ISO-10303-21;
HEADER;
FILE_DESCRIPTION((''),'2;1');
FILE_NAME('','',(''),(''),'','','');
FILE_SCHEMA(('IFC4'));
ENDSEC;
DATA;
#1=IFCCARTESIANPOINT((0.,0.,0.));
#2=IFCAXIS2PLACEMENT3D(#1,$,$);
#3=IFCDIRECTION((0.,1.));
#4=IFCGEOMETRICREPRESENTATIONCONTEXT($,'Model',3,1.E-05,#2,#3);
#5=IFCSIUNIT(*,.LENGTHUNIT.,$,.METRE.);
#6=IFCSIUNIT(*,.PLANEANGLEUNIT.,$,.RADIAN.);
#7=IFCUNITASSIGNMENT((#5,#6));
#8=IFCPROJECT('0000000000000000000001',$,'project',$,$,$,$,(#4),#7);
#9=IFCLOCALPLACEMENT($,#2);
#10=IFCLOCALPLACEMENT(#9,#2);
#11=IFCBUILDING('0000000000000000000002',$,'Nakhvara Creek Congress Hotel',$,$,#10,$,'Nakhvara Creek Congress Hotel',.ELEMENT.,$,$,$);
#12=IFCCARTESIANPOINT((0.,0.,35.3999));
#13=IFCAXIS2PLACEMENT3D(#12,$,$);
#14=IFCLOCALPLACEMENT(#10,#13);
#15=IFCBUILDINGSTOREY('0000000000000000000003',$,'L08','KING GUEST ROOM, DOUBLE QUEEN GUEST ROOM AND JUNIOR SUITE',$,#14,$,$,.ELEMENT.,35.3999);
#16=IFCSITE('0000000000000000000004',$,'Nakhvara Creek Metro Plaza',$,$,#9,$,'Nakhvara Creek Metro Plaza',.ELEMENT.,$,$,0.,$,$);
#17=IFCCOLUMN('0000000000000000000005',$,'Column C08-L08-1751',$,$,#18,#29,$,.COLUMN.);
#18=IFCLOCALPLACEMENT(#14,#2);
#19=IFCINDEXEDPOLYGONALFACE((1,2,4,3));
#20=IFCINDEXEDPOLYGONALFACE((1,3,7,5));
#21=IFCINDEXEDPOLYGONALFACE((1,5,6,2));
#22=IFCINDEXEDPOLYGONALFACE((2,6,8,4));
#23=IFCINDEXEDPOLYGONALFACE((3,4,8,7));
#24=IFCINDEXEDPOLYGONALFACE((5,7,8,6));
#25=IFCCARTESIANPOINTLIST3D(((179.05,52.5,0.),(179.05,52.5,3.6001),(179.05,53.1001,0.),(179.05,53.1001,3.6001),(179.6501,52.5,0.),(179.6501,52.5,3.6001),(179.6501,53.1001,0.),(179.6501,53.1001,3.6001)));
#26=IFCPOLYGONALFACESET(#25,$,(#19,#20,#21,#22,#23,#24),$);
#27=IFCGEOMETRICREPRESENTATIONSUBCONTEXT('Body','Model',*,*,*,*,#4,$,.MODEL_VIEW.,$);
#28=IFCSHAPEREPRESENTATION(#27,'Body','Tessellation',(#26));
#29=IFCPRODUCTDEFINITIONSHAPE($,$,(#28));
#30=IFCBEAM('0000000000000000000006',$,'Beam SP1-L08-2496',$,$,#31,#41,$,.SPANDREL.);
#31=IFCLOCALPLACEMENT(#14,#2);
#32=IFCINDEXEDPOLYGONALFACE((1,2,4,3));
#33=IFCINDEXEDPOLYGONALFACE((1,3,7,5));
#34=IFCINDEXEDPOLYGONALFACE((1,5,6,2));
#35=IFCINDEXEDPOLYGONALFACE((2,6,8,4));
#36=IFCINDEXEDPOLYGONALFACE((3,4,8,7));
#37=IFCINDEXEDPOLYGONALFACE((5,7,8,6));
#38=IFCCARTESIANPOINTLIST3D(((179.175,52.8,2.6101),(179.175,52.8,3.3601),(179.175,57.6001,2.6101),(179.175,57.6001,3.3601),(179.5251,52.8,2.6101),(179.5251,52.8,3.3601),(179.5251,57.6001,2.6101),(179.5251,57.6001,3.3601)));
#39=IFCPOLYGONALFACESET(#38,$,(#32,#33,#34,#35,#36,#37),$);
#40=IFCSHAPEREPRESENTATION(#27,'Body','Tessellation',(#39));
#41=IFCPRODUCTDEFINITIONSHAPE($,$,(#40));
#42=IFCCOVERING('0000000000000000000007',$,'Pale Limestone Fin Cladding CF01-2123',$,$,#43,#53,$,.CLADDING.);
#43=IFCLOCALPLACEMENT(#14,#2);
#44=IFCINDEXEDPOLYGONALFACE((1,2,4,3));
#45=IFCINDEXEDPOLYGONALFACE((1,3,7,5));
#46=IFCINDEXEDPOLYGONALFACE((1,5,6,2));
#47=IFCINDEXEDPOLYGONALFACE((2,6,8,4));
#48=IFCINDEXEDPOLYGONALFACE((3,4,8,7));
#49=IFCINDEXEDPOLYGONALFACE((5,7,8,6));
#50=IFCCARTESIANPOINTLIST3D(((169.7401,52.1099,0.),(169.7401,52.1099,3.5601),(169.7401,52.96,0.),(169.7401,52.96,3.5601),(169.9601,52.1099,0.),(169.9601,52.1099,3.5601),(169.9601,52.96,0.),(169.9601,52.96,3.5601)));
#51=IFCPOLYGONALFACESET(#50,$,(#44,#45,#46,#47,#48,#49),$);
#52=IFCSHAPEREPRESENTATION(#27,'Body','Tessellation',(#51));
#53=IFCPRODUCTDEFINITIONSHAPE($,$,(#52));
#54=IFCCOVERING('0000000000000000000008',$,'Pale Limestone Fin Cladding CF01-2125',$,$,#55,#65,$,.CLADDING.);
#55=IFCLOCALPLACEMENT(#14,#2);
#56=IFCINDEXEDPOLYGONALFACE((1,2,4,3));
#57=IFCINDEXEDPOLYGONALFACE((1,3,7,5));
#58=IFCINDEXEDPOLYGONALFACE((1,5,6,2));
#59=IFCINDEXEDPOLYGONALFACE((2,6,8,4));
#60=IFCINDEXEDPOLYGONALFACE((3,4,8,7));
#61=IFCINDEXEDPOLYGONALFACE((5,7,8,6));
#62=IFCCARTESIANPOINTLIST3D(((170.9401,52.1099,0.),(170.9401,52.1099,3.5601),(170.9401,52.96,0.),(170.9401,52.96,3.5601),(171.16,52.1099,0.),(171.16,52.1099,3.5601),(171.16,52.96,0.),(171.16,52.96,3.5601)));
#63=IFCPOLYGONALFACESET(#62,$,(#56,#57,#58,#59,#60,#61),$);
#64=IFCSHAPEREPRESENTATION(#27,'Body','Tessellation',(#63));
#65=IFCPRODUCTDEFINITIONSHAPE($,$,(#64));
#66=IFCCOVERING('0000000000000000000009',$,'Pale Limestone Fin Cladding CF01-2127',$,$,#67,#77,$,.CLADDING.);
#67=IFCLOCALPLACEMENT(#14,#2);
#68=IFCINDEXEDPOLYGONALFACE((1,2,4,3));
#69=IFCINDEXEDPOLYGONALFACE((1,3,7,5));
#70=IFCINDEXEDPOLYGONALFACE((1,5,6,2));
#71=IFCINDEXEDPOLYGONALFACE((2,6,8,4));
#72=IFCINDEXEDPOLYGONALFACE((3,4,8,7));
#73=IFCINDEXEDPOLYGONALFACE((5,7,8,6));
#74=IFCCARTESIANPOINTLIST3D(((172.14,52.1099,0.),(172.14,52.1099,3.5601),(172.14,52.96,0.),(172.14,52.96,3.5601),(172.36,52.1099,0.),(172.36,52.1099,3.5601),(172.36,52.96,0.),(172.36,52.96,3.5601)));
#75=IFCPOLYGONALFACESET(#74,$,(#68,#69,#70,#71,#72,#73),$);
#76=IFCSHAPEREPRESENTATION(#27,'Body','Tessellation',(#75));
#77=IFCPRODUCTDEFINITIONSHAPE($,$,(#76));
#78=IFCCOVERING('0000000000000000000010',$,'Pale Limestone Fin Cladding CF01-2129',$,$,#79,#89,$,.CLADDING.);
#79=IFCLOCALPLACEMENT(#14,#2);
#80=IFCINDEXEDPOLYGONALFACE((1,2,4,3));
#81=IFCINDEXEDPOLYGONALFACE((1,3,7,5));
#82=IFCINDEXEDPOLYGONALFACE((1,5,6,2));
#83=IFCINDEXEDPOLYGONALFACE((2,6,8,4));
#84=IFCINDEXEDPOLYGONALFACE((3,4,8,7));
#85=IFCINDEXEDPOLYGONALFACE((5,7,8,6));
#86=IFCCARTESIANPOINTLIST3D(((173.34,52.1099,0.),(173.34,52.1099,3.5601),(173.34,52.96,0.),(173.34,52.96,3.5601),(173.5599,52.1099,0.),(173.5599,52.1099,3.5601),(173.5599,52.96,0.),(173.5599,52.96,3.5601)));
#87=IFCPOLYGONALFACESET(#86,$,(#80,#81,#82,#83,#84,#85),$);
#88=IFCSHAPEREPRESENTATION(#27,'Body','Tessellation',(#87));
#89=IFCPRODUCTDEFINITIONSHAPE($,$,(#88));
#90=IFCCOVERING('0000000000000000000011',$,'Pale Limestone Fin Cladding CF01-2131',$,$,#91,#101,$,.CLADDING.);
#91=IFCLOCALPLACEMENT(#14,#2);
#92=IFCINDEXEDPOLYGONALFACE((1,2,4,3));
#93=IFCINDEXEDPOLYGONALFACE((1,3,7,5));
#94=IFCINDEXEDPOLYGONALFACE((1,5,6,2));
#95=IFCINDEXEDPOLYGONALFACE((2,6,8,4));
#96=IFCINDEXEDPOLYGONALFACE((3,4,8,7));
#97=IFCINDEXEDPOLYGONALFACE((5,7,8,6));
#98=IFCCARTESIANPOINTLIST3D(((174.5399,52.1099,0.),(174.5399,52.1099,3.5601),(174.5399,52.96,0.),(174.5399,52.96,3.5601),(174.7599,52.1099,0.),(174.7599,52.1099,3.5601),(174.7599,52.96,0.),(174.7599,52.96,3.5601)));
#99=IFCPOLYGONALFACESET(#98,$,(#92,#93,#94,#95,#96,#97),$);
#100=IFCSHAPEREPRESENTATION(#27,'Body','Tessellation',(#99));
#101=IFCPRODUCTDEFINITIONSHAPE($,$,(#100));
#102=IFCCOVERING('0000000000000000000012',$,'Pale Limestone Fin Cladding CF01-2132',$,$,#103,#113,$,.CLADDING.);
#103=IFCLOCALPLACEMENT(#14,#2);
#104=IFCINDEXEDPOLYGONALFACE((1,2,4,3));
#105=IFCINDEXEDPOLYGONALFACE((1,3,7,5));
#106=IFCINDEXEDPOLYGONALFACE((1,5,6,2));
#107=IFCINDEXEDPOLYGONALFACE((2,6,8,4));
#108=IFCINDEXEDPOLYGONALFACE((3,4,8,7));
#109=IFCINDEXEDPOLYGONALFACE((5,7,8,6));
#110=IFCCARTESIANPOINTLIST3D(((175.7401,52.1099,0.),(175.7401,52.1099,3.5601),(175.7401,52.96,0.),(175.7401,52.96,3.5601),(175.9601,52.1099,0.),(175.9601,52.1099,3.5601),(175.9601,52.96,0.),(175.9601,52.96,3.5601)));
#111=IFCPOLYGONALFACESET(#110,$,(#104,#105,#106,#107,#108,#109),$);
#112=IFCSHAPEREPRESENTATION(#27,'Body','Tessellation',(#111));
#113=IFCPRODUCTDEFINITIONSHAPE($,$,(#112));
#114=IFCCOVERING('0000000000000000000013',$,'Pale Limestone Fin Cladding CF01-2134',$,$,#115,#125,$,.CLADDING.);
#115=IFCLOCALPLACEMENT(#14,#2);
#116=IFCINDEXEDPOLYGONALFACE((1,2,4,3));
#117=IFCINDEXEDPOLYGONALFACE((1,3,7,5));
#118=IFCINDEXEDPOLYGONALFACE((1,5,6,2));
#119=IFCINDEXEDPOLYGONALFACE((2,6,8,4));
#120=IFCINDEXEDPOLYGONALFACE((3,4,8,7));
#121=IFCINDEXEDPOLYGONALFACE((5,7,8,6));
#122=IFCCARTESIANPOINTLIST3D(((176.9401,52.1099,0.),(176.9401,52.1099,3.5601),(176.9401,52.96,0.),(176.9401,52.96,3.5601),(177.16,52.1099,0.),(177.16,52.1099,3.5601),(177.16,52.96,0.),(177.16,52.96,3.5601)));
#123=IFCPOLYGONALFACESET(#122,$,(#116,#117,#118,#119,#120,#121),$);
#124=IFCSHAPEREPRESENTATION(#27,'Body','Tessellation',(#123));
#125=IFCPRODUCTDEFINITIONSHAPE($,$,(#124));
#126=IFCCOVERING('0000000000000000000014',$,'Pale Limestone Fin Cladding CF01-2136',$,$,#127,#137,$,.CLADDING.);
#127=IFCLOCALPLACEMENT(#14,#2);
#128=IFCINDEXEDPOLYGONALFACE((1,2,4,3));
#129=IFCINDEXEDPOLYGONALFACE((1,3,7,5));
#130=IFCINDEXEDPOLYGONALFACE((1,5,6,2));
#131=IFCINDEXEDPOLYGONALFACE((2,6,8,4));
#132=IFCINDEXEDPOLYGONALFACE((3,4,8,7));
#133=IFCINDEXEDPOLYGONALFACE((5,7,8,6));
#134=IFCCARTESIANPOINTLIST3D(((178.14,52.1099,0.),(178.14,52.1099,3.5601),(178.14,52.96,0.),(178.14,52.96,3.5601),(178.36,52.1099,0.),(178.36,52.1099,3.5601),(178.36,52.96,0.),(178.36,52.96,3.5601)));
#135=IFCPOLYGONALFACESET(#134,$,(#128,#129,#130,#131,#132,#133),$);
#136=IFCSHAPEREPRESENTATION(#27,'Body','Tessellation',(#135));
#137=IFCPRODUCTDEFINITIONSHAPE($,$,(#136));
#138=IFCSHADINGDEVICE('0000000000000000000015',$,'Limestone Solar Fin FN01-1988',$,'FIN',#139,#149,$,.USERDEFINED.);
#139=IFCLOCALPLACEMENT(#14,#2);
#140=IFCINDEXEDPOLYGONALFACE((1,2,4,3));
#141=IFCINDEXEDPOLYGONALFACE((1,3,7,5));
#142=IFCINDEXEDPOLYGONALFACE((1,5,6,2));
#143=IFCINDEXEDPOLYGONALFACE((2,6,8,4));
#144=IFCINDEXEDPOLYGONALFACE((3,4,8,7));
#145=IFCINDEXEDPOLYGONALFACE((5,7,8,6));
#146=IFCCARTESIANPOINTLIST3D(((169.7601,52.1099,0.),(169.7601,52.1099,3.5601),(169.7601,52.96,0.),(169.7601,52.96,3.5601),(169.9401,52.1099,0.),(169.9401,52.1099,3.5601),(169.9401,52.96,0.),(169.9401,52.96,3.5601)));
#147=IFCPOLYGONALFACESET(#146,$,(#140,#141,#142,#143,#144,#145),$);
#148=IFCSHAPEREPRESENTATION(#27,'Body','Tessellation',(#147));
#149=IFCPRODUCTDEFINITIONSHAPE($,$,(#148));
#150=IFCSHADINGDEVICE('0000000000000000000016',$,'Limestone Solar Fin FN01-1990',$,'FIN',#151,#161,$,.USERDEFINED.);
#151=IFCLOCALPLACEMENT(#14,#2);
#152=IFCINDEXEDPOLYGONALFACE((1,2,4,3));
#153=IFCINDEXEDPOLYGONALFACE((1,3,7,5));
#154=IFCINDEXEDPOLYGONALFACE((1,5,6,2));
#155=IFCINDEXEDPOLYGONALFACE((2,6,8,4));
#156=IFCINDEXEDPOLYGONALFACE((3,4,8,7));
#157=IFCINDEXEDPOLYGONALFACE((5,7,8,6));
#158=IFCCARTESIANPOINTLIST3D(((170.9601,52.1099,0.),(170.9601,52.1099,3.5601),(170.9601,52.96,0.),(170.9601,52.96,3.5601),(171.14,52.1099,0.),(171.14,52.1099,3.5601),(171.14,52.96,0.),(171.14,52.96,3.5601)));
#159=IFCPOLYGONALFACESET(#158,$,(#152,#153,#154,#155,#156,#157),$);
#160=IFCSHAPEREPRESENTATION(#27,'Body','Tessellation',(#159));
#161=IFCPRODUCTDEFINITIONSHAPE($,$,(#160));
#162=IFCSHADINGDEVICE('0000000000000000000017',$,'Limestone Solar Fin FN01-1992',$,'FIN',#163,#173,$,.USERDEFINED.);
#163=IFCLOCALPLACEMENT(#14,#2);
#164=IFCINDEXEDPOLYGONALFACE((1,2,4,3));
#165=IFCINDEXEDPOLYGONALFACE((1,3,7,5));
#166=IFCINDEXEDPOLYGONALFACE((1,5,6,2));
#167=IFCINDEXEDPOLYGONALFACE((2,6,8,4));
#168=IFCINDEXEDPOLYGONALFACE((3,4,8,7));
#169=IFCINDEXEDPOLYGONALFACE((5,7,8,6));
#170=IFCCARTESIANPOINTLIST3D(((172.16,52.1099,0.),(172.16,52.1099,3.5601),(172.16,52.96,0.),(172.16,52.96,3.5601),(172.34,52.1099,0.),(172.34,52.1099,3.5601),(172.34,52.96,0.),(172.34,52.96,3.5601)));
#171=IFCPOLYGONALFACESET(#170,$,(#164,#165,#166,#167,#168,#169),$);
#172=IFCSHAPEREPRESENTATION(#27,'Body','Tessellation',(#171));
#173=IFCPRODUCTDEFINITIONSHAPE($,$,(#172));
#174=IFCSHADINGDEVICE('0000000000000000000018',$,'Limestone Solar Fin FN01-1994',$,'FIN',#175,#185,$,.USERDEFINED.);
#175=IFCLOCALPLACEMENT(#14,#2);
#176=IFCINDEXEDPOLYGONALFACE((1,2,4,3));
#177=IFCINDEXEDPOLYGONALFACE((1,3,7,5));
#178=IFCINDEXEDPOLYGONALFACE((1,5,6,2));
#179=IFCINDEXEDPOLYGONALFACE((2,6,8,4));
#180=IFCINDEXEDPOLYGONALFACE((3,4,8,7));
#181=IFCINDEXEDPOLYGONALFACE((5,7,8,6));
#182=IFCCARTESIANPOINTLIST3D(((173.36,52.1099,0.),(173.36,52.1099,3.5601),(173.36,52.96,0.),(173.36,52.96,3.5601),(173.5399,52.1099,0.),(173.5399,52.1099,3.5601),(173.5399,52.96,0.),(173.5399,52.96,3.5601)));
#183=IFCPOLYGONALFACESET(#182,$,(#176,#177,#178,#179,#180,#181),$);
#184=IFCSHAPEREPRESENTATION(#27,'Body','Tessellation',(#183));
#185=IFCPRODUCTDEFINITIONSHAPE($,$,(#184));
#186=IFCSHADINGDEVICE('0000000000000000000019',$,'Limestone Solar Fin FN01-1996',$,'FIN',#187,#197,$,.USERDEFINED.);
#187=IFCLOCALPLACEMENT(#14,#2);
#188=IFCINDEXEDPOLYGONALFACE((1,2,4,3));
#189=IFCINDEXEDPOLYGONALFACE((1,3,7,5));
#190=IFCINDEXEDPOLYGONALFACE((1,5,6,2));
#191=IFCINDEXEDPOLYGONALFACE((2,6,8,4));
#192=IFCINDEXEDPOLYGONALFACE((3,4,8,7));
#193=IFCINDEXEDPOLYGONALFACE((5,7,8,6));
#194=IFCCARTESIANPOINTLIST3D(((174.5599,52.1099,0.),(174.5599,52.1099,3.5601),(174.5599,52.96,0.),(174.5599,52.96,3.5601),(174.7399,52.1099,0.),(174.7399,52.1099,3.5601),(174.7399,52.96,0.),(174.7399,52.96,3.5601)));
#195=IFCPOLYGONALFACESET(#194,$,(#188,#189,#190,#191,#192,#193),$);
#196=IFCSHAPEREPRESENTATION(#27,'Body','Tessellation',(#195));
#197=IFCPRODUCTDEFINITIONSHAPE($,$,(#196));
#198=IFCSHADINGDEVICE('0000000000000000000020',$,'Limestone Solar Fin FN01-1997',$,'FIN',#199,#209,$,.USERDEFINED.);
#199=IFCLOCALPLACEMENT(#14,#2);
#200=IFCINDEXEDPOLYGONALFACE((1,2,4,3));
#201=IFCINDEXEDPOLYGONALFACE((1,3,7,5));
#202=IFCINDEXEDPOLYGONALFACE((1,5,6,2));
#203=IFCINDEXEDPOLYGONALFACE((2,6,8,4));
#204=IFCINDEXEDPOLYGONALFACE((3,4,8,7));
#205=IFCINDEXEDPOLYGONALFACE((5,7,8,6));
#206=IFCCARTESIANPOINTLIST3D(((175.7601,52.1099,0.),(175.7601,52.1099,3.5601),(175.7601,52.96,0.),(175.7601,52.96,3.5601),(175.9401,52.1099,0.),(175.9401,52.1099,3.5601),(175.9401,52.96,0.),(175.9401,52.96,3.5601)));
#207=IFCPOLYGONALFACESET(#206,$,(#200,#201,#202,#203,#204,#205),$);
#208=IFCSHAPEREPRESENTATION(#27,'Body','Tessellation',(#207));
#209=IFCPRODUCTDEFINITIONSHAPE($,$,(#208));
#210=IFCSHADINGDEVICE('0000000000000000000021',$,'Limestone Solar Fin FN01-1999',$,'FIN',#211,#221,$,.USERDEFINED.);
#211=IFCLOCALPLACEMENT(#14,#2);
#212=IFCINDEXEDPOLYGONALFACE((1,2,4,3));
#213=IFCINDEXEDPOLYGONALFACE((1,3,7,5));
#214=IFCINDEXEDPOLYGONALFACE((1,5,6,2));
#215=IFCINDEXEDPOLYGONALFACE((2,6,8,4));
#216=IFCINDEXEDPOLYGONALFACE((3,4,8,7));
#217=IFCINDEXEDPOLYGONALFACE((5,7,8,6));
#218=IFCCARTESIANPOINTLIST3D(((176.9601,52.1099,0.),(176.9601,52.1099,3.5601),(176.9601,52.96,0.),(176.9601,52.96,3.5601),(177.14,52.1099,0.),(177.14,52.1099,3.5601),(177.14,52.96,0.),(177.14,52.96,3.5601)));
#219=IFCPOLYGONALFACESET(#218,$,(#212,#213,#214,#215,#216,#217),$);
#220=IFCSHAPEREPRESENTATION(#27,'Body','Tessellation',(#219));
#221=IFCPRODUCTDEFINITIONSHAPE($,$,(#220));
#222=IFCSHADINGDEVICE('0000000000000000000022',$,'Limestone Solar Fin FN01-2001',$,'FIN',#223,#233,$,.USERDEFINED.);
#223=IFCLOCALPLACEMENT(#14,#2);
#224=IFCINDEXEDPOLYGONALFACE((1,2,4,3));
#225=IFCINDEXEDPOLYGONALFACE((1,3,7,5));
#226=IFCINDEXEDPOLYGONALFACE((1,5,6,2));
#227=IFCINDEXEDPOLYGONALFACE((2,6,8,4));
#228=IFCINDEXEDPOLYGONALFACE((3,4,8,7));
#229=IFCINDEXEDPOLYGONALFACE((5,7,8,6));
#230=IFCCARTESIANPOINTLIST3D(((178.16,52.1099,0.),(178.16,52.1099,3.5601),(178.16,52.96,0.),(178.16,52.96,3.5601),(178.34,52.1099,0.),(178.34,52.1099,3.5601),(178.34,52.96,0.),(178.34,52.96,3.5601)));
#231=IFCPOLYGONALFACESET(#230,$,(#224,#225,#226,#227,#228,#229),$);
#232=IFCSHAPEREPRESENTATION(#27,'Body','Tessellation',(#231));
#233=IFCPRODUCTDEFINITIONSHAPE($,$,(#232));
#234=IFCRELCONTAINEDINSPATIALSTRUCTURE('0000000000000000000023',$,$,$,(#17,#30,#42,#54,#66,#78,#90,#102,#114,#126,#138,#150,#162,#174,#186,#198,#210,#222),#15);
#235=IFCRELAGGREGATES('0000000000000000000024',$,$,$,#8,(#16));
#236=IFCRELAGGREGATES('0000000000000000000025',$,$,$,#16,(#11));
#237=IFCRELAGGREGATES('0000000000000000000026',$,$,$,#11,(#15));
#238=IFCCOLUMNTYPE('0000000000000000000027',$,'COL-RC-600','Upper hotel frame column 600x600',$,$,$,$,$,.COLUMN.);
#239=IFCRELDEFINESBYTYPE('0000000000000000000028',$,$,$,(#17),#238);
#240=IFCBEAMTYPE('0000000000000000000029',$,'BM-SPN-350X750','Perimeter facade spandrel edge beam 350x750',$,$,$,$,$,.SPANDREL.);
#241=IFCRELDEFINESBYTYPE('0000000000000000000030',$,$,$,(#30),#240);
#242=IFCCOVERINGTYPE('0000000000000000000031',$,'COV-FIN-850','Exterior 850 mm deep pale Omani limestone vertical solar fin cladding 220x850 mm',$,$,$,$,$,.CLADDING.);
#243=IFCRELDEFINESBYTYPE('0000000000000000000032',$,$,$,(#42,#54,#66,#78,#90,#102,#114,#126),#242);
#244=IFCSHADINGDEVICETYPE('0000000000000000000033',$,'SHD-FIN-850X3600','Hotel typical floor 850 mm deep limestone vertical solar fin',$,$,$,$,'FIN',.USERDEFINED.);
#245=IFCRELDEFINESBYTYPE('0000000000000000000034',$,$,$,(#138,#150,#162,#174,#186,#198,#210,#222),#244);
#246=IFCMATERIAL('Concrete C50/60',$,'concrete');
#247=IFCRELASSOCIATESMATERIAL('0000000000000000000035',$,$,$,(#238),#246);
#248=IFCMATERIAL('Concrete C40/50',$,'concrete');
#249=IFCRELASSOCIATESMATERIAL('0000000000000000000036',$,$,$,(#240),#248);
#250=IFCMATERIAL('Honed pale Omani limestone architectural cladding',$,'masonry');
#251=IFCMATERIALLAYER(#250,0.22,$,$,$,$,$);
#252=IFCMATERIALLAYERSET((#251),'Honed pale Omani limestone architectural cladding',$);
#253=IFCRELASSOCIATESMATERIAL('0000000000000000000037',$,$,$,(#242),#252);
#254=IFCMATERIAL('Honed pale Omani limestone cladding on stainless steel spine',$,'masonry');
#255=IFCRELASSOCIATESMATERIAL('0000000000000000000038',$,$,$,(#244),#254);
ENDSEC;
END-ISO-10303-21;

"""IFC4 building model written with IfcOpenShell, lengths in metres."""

from ifc_helpers import new_model, si_unit, direction, frame, origin, origin_2d, place, context, subcontext, project, spatial, rectangle, extrude, material, layer, layer_set, material_profile, profile_set, type_object, element, save


model = new_model("IFC4")

# Units and contexts
model_context = context("Model", 3, precision=1e-05, world=origin(), true_north=direction((0.0, 1.0)))
body_context = subcontext(model_context, "Body", "Model", "MODEL_VIEW")
ifc_project = project(units=[si_unit("LENGTHUNIT", "METRE"), si_unit("PLANEANGLEUNIT", "RADIAN")], contexts=[model_context])

# Site, building, storey
site_placement = place(None, origin())
site = spatial("IfcSite", under=ifc_project, at=site_placement, Name="Nakhvara Creek Metro Plaza", LongName="Nakhvara Creek Metro Plaza", CompositionType="ELEMENT", RefElevation=0.0)
building_placement = place(site_placement, origin())
building = spatial("IfcBuilding", under=site, at=building_placement, Name="Nakhvara Creek Congress Hotel", LongName="Nakhvara Creek Congress Hotel", CompositionType="ELEMENT")
storey_placement = place(building_placement, frame((0.0, 0.0, 35.3999)))
storey = spatial("IfcBuildingStorey", under=building, at=storey_placement, Name="L08", Description="KING GUEST ROOM, DOUBLE QUEEN GUEST ROOM AND JUNIOR SUITE", CompositionType="ELEMENT", Elevation=35.3999)

# Column
ifc_material_1 = material(Name="Concrete C50/60", Category="concrete")
ifc_material_profile_1 = material_profile(ifc_material_1, rectangle(XDim=0.6001, YDim=0.6001, at=origin_2d()), Name="RC-COL 600x600", Category="LoadBearing")
ifc_profile_set_1 = profile_set([ifc_material_profile_1], Name="Concrete C50/60")
column_type = type_object("IfcColumnType", Name="COL-RC-600", Description="Upper hotel frame column 600x600", PredefinedType="COLUMN", material=ifc_profile_set_1)
column_placement = place(storey_placement, frame((179.3501, 52.8, 0.0), z_axis=(0.0, 0.0, 1.0), x_axis=(1.0, 0.0, 0.0)))
element("IfcColumn", 1, at=column_placement, inside=storey, type_object=column_type, Name="Column C08-L08-1751", PredefinedType="COLUMN", context=body_context, shape_type="SweptSolid", body=[
    extrude(rectangle(XDim=0.6001, YDim=0.6001, at=origin_2d()), origin(), (0.0, 0.0, 1.0), 3.6001),
])

# Beam
ifc_material_2 = material(Name="Concrete C40/50", Category="concrete")
ifc_material_profile_2 = material_profile(ifc_material_2, rectangle(XDim=0.3501, YDim=0.75, at=origin_2d()), Name="RC-SPANDREL 350x750", Category="LoadBearing")
ifc_profile_set_2 = profile_set([ifc_material_profile_2], Name="Concrete C40/50")
beam_type = type_object("IfcBeamType", Name="BM-SPN-350X750", Description="Perimeter facade spandrel edge beam 350x750", PredefinedType="SPANDREL", material=ifc_profile_set_2)
beam_placement = place(storey_placement, frame((179.3501, 52.8, 2.9851), z_axis=(0.0, 1.0, 0.0), x_axis=(-1.0, 0.0, 0.0)))
element("IfcBeam", 2, at=beam_placement, inside=storey, type_object=beam_type, Name="Beam SP1-L08-2496", PredefinedType="SPANDREL", context=body_context, shape_type="SweptSolid", body=[
    extrude(rectangle(XDim=0.3501, YDim=0.75, at=origin_2d()), origin(), (0.0, 0.0, 1.0), 4.8),
])

# Coverings
ifc_material_3 = material(Name="Honed pale Omani limestone architectural cladding", Category="masonry")
ifc_layer = layer(ifc_material_3, 0.22)
ifc_layer_set = layer_set([ifc_layer], Name="Honed pale Omani limestone architectural cladding")
covering_type = type_object("IfcCoveringType", Name="COV-FIN-850", Description="Exterior 850 mm deep pale Omani limestone vertical solar fin cladding 220x850 mm", PredefinedType="CLADDING", material=ifc_layer_set)
for number, where, z_axis, x_axis, name in (
    (3, (169.8501, 52.5349, 0.0), (0.0, 0.0, 1.0), (1.0, 0.0, 0.0), "Pale Limestone Fin Cladding CF01-2123"),
    (4, (171.05, 52.5349, 0.0), (0.0, 0.0, 1.0), (1.0, 0.0, 0.0), "Pale Limestone Fin Cladding CF01-2125"),
    (5, (172.25, 52.5349, 0.0), (0.0, 0.0, 1.0), (1.0, 0.0, 0.0), "Pale Limestone Fin Cladding CF01-2127"),
    (6, (173.45, 52.5349, 0.0), (0.0, 0.0, 1.0), (1.0, 0.0, 0.0), "Pale Limestone Fin Cladding CF01-2129"),
    (7, (174.6499, 52.5349, 0.0), (0.0, 0.0, 1.0), (1.0, 0.0, 0.0), "Pale Limestone Fin Cladding CF01-2131"),
    (8, (175.8501, 52.5349, 0.0), (0.0, 0.0, 1.0), (1.0, 0.0, 0.0), "Pale Limestone Fin Cladding CF01-2132"),
    (9, (177.05, 52.5349, 0.0), (0.0, 0.0, 1.0), (1.0, 0.0, 0.0), "Pale Limestone Fin Cladding CF01-2134"),
    (10, (178.25, 52.5349, 0.0), (0.0, 0.0, 1.0), (1.0, 0.0, 0.0), "Pale Limestone Fin Cladding CF01-2136"),
):
    element("IfcCovering", number, at=place(storey_placement, frame(where, z_axis=z_axis, x_axis=x_axis)), inside=storey, type_object=covering_type, Name=name, PredefinedType="CLADDING", context=body_context, shape_type="SweptSolid", body=[
        extrude(rectangle(XDim=0.22, YDim=0.8501, at=origin_2d()), origin(), (0.0, 0.0, 1.0), 3.5601),
    ])

# Shading devices
ifc_material_4 = material(Name="Honed pale Omani limestone cladding on stainless steel spine", Category="masonry")
shading_device_type = type_object("IfcShadingDeviceType", Name="SHD-FIN-850X3600", Description="Hotel typical floor 850 mm deep limestone vertical solar fin", ElementType="FIN", PredefinedType="USERDEFINED", material=ifc_material_4)
for number, where, z_axis, x_axis, name in (
    (11, (169.8501, 52.5349, 0.0), (0.0, 0.0, 1.0), (1.0, 0.0, 0.0), "Limestone Solar Fin FN01-1988"),
    (12, (171.05, 52.5349, 0.0), (0.0, 0.0, 1.0), (1.0, 0.0, 0.0), "Limestone Solar Fin FN01-1990"),
    (13, (172.25, 52.5349, 0.0), (0.0, 0.0, 1.0), (1.0, 0.0, 0.0), "Limestone Solar Fin FN01-1992"),
    (14, (173.45, 52.5349, 0.0), (0.0, 0.0, 1.0), (1.0, 0.0, 0.0), "Limestone Solar Fin FN01-1994"),
    (15, (174.6499, 52.5349, 0.0), (0.0, 0.0, 1.0), (1.0, 0.0, 0.0), "Limestone Solar Fin FN01-1996"),
    (16, (175.8501, 52.5349, 0.0), (0.0, 0.0, 1.0), (1.0, 0.0, 0.0), "Limestone Solar Fin FN01-1997"),
    (17, (177.05, 52.5349, 0.0), (0.0, 0.0, 1.0), (1.0, 0.0, 0.0), "Limestone Solar Fin FN01-1999"),
    (18, (178.25, 52.5349, 0.0), (0.0, 0.0, 1.0), (1.0, 0.0, 0.0), "Limestone Solar Fin FN01-2001"),
):
    element("IfcShadingDevice", number, at=place(storey_placement, frame(where, z_axis=z_axis, x_axis=x_axis)), inside=storey, type_object=shading_device_type, Name=name, ObjectType="FIN", PredefinedType="USERDEFINED", context=body_context, shape_type="SweptSolid", body=[
        extrude(rectangle(XDim=0.1799, YDim=0.8501, at=origin_2d()), origin(), (0.0, 0.0, 1.0), 3.5601),
    ])

save(model, "model.ifc")
